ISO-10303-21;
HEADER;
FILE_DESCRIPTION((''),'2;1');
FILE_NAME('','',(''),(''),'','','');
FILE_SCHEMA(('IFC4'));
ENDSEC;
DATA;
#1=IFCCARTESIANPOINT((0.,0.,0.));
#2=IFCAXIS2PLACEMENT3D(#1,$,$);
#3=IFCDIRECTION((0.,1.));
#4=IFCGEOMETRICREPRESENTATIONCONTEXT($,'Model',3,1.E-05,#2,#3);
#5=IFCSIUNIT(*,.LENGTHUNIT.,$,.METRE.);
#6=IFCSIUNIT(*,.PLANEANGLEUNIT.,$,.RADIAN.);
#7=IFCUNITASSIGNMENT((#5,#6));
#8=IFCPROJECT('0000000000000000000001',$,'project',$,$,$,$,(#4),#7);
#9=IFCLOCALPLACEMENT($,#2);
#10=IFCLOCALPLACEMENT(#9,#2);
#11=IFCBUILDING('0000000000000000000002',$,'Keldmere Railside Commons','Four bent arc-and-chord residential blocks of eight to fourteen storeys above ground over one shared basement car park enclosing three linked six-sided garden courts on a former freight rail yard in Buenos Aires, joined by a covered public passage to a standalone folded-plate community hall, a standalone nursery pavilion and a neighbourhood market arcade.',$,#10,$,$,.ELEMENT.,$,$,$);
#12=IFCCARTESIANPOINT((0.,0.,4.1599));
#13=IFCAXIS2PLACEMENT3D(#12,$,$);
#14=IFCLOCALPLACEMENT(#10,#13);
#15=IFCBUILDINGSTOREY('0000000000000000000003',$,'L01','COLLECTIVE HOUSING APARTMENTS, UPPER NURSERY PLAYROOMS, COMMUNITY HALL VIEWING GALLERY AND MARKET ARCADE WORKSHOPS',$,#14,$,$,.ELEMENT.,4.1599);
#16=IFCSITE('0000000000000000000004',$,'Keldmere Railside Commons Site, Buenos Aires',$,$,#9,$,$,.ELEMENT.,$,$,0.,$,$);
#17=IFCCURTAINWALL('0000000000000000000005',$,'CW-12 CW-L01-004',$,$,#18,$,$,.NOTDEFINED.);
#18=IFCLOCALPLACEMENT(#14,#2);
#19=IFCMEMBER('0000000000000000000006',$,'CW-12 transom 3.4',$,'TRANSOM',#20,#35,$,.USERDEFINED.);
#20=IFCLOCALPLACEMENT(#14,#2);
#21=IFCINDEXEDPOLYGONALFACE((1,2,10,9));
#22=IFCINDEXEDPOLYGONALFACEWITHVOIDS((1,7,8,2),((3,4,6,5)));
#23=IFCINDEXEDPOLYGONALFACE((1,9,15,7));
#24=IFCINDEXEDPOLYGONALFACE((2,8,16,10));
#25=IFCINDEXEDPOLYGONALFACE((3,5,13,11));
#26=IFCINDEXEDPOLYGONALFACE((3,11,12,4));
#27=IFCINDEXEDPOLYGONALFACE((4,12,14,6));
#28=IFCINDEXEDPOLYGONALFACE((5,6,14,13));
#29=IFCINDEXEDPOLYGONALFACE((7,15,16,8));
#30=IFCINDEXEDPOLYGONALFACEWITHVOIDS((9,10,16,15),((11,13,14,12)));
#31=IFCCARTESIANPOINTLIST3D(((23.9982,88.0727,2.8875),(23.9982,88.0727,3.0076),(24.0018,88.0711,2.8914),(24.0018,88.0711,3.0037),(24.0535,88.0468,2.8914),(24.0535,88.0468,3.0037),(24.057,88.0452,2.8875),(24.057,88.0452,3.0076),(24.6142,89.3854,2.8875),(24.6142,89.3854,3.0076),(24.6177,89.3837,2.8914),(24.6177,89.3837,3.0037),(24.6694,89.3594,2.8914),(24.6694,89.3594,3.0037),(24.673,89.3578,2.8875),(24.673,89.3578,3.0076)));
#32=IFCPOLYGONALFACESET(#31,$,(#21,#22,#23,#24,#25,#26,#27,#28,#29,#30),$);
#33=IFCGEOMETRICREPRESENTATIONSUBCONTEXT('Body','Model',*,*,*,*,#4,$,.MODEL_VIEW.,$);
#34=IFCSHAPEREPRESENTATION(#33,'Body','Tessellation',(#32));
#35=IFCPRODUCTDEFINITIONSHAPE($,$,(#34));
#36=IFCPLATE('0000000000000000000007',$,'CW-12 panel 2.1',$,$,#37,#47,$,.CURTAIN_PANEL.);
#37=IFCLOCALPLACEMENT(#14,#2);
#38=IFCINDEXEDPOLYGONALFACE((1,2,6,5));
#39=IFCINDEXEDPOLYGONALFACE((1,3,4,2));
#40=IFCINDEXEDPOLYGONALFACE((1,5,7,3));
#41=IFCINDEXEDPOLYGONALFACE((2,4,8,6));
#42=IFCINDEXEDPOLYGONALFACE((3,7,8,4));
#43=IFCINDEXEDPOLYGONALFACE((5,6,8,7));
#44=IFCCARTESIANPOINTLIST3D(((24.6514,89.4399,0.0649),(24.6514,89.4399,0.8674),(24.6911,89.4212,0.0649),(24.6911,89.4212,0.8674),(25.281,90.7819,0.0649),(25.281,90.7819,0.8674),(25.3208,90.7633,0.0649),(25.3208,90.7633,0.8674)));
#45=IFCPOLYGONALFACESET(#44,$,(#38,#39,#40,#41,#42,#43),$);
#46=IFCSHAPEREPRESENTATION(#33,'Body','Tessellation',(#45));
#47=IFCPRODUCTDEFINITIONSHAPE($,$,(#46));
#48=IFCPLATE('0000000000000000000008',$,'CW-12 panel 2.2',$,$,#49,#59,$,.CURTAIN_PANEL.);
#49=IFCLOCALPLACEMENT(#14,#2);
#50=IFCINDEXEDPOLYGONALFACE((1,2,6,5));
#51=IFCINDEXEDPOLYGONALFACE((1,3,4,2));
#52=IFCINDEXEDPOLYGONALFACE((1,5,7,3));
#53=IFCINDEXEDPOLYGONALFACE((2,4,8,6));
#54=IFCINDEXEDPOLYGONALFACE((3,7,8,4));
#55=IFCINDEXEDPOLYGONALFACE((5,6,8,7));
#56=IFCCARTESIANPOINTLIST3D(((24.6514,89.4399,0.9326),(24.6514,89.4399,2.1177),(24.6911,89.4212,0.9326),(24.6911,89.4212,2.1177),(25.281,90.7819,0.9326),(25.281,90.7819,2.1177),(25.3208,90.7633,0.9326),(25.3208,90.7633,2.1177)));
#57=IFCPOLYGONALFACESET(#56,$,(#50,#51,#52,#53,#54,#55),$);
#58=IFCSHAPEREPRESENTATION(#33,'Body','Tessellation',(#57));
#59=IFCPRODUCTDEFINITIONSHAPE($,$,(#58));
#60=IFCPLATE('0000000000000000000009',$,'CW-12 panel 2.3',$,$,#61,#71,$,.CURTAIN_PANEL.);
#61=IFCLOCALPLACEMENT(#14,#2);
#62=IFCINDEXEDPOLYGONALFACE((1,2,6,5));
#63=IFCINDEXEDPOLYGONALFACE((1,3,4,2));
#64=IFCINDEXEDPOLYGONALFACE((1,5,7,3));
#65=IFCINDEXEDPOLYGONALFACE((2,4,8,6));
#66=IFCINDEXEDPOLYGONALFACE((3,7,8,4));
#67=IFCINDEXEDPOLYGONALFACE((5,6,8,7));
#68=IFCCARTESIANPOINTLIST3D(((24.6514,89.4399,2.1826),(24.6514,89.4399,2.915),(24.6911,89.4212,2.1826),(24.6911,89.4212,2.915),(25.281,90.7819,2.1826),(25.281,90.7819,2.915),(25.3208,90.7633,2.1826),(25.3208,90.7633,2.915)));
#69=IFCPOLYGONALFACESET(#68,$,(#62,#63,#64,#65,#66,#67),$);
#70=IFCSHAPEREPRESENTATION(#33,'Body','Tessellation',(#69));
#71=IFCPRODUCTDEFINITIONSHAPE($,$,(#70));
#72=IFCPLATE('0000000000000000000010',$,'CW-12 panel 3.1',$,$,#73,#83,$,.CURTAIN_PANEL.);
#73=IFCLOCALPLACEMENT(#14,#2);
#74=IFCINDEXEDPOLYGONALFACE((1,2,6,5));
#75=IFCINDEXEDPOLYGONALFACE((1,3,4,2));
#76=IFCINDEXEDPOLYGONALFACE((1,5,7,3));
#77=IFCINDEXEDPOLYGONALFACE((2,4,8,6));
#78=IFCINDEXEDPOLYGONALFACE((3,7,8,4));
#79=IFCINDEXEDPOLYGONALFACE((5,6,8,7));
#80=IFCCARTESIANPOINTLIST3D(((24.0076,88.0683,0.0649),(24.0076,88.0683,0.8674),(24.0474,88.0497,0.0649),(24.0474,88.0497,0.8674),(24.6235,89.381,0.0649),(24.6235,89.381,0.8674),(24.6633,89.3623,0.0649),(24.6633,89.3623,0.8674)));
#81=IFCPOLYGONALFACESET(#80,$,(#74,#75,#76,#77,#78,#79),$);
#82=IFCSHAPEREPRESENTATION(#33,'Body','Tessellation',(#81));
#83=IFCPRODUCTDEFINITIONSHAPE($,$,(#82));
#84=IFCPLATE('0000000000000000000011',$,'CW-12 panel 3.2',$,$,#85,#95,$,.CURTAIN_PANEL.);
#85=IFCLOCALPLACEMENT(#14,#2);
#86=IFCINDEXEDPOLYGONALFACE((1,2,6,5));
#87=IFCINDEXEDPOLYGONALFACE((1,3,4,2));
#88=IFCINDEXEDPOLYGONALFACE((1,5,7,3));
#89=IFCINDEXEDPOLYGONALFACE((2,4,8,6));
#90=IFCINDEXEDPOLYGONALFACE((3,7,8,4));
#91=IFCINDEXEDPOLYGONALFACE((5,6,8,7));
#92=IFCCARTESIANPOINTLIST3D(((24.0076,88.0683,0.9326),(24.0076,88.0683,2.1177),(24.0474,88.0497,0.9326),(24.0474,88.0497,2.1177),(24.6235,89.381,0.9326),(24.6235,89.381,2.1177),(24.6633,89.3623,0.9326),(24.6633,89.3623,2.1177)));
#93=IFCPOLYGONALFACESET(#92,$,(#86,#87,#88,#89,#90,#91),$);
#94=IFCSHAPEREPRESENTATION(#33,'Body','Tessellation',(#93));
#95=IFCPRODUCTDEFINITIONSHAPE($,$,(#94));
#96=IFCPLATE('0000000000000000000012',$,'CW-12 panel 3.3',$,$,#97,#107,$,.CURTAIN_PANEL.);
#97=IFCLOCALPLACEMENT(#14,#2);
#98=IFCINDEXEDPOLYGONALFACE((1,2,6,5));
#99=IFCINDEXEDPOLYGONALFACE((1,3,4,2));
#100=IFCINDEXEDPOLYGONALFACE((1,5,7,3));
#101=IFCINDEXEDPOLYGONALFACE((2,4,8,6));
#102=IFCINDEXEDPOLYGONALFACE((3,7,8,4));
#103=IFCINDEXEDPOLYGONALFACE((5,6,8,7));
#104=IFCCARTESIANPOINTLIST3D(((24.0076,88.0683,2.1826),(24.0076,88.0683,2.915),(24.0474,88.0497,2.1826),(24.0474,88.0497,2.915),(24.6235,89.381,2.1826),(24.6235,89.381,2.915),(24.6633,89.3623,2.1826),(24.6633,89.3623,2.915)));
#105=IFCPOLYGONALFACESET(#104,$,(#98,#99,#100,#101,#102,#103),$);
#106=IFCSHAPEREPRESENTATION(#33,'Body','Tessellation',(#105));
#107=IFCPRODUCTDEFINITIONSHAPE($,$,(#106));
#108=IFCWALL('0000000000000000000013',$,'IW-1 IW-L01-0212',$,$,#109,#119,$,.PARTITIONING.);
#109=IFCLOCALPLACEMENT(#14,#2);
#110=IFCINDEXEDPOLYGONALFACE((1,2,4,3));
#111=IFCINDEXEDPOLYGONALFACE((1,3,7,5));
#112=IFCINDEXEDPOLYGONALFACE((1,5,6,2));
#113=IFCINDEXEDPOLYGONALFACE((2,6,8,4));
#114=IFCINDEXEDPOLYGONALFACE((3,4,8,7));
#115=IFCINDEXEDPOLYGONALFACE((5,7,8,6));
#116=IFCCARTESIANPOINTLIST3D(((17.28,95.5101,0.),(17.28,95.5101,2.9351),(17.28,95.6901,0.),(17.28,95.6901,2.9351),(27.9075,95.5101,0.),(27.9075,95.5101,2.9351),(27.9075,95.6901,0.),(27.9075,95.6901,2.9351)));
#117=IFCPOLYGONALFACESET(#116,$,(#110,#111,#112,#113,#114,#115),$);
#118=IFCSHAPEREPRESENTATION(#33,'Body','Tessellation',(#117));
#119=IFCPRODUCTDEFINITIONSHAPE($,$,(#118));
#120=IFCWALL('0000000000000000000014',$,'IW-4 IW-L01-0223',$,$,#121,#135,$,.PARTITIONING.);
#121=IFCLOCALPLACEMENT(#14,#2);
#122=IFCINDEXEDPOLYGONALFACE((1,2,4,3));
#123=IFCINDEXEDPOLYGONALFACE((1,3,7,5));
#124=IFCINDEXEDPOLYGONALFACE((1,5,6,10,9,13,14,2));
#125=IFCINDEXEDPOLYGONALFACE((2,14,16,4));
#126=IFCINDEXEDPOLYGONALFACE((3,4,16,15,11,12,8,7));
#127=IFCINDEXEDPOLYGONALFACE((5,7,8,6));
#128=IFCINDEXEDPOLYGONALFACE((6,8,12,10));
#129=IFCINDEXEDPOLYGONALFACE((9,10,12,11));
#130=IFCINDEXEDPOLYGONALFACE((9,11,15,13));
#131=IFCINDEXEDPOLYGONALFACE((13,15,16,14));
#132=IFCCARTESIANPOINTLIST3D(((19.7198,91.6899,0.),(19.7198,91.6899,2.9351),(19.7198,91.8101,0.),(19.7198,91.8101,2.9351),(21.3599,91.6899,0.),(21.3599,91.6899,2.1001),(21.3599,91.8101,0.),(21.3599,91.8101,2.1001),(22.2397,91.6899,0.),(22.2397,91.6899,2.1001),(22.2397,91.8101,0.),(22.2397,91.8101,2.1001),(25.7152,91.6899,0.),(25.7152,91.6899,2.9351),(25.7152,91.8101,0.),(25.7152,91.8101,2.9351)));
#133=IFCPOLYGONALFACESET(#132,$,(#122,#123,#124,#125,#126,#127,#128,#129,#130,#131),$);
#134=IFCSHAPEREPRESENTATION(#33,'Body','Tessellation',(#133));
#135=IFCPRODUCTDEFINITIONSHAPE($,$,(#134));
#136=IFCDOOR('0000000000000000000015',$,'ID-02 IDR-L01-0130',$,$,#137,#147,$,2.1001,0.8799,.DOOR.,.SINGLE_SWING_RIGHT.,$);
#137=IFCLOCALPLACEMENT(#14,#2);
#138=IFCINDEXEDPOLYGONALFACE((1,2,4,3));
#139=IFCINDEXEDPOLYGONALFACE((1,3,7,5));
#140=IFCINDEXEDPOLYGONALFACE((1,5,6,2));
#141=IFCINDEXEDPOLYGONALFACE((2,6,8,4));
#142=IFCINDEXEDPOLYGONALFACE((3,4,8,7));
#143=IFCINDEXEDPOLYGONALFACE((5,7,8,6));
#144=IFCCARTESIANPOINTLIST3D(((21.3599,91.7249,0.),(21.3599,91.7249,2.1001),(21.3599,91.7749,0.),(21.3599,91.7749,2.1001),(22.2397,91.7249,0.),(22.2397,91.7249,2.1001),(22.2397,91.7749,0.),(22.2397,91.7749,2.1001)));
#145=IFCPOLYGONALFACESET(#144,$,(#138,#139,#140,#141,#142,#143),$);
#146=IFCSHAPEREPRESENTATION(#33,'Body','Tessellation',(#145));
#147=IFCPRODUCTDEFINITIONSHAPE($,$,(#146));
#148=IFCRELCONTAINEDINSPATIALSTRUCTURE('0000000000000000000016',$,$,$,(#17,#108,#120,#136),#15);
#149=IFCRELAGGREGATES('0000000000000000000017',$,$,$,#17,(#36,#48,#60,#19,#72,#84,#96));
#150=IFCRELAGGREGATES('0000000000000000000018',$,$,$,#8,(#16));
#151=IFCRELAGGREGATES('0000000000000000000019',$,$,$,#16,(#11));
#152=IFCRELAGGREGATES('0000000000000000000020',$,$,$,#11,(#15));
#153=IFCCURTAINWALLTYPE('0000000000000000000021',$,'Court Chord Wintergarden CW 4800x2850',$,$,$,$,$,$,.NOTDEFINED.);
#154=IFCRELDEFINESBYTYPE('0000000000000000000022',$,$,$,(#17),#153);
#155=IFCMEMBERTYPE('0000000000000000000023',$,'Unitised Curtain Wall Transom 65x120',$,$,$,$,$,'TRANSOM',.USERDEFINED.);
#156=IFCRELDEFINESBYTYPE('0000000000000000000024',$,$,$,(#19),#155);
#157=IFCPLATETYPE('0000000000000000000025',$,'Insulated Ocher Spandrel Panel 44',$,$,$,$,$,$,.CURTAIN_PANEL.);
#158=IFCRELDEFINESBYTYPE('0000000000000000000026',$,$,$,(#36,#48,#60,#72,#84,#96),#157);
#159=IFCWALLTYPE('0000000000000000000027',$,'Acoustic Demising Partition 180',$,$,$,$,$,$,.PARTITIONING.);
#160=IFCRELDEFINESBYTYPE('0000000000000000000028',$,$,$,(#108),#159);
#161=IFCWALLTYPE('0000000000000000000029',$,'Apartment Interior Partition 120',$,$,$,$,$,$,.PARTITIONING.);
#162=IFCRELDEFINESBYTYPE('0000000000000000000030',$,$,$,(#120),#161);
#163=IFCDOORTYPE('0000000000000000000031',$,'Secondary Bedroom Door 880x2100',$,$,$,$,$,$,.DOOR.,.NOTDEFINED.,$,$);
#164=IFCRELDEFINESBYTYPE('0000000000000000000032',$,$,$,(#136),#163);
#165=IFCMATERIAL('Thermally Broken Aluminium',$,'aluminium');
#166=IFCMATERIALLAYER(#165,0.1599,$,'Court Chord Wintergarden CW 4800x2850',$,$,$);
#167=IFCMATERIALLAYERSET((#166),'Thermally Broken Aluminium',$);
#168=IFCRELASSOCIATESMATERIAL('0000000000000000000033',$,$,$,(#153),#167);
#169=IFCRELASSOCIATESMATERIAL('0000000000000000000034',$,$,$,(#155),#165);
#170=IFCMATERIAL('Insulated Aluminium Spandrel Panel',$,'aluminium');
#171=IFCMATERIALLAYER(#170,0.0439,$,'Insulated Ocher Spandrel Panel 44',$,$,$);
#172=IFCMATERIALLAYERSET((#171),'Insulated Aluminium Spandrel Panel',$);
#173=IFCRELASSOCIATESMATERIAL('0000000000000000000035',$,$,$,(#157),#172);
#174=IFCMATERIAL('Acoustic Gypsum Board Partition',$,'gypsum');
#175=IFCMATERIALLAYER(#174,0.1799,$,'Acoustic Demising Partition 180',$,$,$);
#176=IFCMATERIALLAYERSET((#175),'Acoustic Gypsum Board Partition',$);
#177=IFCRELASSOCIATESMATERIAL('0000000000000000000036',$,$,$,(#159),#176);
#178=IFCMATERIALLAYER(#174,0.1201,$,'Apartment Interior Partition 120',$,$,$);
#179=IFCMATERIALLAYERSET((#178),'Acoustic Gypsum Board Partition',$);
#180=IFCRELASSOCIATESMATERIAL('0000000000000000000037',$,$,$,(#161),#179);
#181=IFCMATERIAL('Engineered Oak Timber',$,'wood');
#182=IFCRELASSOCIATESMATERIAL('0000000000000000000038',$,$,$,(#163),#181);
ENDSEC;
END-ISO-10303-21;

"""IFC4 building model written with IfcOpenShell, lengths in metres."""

from ifc_helpers import new_model, si_unit, direction, frame, frame_2d, origin, origin_2d, place, context, subcontext, project, spatial, rectangle, hollow_rectangle, extrude, material, layer, layer_set, material_profile, profile_set, type_object, element, fill, aggregate, save


model = new_model("IFC4")

# Units and contexts
model_context = context("Model", 3, precision=1e-05, world=origin(), true_north=direction((0.0, 1.0)))
body_context = subcontext(model_context, "Body", "Model", "MODEL_VIEW")
ifc_project = project(units=[si_unit("LENGTHUNIT", "METRE"), si_unit("PLANEANGLEUNIT", "RADIAN")], contexts=[model_context])

# Site, building, storey
site_placement = place(None, origin())
site = spatial("IfcSite", under=ifc_project, at=site_placement, Name="Keldmere Railside Commons Site, Buenos Aires", CompositionType="ELEMENT", RefElevation=0.0)
building_placement = place(site_placement, origin())
building = spatial("IfcBuilding", under=site, at=building_placement, Name="Keldmere Railside Commons", Description="Four bent arc-and-chord residential blocks of eight to fourteen storeys above ground over one shared basement car park enclosing three linked six-sided garden courts on a former freight rail yard in Buenos Aires, joined by a covered public passage to a standalone folded-plate community hall, a standalone nursery pavilion and a neighbourhood market arcade.", CompositionType="ELEMENT")
storey_placement = place(building_placement, frame((0.0, 0.0, 4.1599)))
storey = spatial("IfcBuildingStorey", under=building, at=storey_placement, Name="L01", Description="COLLECTIVE HOUSING APARTMENTS, UPPER NURSERY PLAYROOMS, COMMUNITY HALL VIEWING GALLERY AND MARKET ARCADE WORKSHOPS", CompositionType="ELEMENT", Elevation=4.1599)

# Curtain wall, member, plates
ifc_material_1 = material(Name="Thermally Broken Aluminium", Category="aluminium")
ifc_layer_1 = layer(ifc_material_1, 0.1599, Name="Court Chord Wintergarden CW 4800x2850")
ifc_layer_set_1 = layer_set([ifc_layer_1], Name="Thermally Broken Aluminium")
curtain_wall_type = type_object("IfcCurtainWallType", Name="Court Chord Wintergarden CW 4800x2850", PredefinedType="NOTDEFINED", material=ifc_layer_set_1)
curtain_wall_placement = place(storey_placement, origin())
curtain_wall = element("IfcCurtainWall", 1, at=curtain_wall_placement, inside=storey, type_object=curtain_wall_type, Name="CW-12 CW-L01-004", PredefinedType="NOTDEFINED")
ifc_material_profile_1 = material_profile(ifc_material_1, hollow_rectangle(XDim=0.0649, YDim=0.1201, WallThickness=0.0039, at=origin_2d()), Name="ALU-TRAN-65x120")
ifc_profile_set_1 = profile_set([ifc_material_profile_1], Name="Thermally Broken Aluminium")
member_type_1 = type_object("IfcMemberType", Name="Unitised Curtain Wall Transom 65x120", ElementType="TRANSOM", PredefinedType="USERDEFINED", material=ifc_profile_set_1)
member_1_placement = place(storey_placement, frame((24.6436, 89.3716, 2.9475), z_axis=(-0.424783, -0.905295, 0.0), x_axis=(0.905295, -0.424783, 0.0)))
member_1 = element("IfcMember", 2, at=member_1_placement, type_object=member_type_1, Name="CW-12 transom 3.4", ObjectType="TRANSOM", PredefinedType="USERDEFINED", context=body_context, shape_type="SweptSolid", body=[
    extrude(hollow_rectangle(XDim=0.0649, YDim=0.1201, WallThickness=0.0039, at=origin_2d()), origin(), (0.0, 0.0, 1.0), 1.45),
])
ifc_material_2 = material(Name="Insulated Aluminium Spandrel Panel", Category="aluminium")
ifc_layer_2 = layer(ifc_material_2, 0.0439, Name="Insulated Ocher Spandrel Panel 44")
ifc_layer_set_2 = layer_set([ifc_layer_2], Name="Insulated Aluminium Spandrel Panel")
plate_type = type_object("IfcPlateType", Name="Insulated Ocher Spandrel Panel 44", PredefinedType="CURTAIN_PANEL", material=ifc_layer_set_2)
plate_1_placement = place(storey_placement, frame((24.9861, 90.1016, 0.0649), z_axis=(0.0, 0.0, 1.0), x_axis=(-0.424759, -0.905306, 0.0)))
plate_1 = element("IfcPlate", 3, at=plate_1_placement, type_object=plate_type, Name="CW-12 panel 2.1", PredefinedType="CURTAIN_PANEL", context=body_context, shape_type="SweptSolid", body=[
    extrude(rectangle(XDim=1.4824, YDim=0.0439, at=origin_2d()), origin(), (0.0, 0.0, 1.0), 0.8025),
])
plate_2_placement = place(storey_placement, frame((24.9861, 90.1016, 0.9326), z_axis=(0.0, 0.0, 1.0), x_axis=(-0.424759, -0.905306, 0.0)))
plate_2 = element("IfcPlate", 4, at=plate_2_placement, type_object=plate_type, Name="CW-12 panel 2.2", PredefinedType="CURTAIN_PANEL", context=body_context, shape_type="SweptSolid", body=[
    extrude(rectangle(XDim=1.4824, YDim=0.0439, at=origin_2d()), origin(), (0.0, 0.0, 1.0), 1.1851),
])
plate_3_placement = place(storey_placement, frame((24.9861, 90.1016, 2.1826), z_axis=(0.0, 0.0, 1.0), x_axis=(-0.424759, -0.905306, 0.0)))
plate_3 = element("IfcPlate", 5, at=plate_3_placement, type_object=plate_type, Name="CW-12 panel 2.3", PredefinedType="CURTAIN_PANEL", context=body_context, shape_type="SweptSolid", body=[
    extrude(rectangle(XDim=1.4824, YDim=0.0439, at=origin_2d()), origin(), (0.0, 0.0, 1.0), 0.7324),
])
plate_4_placement = place(storey_placement, frame((24.3354, 88.7153, 0.0649), z_axis=(0.0, 0.0, 1.0), x_axis=(-0.424759, -0.905306, 0.0)))
plate_4 = element("IfcPlate", 6, at=plate_4_placement, type_object=plate_type, Name="CW-12 panel 3.1", PredefinedType="CURTAIN_PANEL", context=body_context, shape_type="SweptSolid", body=[
    extrude(rectangle(XDim=1.45, YDim=0.0439, at=origin_2d()), origin(), (0.0, 0.0, 1.0), 0.8025),
])
plate_5_placement = place(storey_placement, frame((24.3354, 88.7153, 0.9326), z_axis=(0.0, 0.0, 1.0), x_axis=(-0.424759, -0.905306, 0.0)))
plate_5 = element("IfcPlate", 7, at=plate_5_placement, type_object=plate_type, Name="CW-12 panel 3.2", PredefinedType="CURTAIN_PANEL", context=body_context, shape_type="SweptSolid", body=[
    extrude(rectangle(XDim=1.45, YDim=0.0439, at=origin_2d()), origin(), (0.0, 0.0, 1.0), 1.1851),
])
plate_6_placement = place(storey_placement, frame((24.3354, 88.7153, 2.1826), z_axis=(0.0, 0.0, 1.0), x_axis=(-0.424759, -0.905306, 0.0)))
plate_6 = element("IfcPlate", 8, at=plate_6_placement, type_object=plate_type, Name="CW-12 panel 3.3", PredefinedType="CURTAIN_PANEL", context=body_context, shape_type="SweptSolid", body=[
    extrude(rectangle(XDim=1.45, YDim=0.0439, at=origin_2d()), origin(), (0.0, 0.0, 1.0), 0.7324),
])
aggregate(curtain_wall, [plate_1, plate_2, plate_3, member_1, plate_4, plate_5, plate_6])

# Wall
ifc_material_3 = material(Name="Acoustic Gypsum Board Partition", Category="gypsum")
ifc_layer_3 = layer(ifc_material_3, 0.1799, Name="Acoustic Demising Partition 180")
ifc_layer_set_3 = layer_set([ifc_layer_3], Name="Acoustic Gypsum Board Partition")
wall_type_1 = type_object("IfcWallType", Name="Acoustic Demising Partition 180", PredefinedType="PARTITIONING", material=ifc_layer_set_3)
wall_1_placement = place(storey_placement, frame((17.28, 95.6001, 0.0), z_axis=(0.0, 0.0, 1.0), x_axis=(1.0, 0.0, 0.0)))
element("IfcWall", 9, at=wall_1_placement, inside=storey, type_object=wall_type_1, Name="IW-1 IW-L01-0212", PredefinedType="PARTITIONING", context=body_context, shape_type="SweptSolid", body=[
    extrude(rectangle(XDim=10.6274, YDim=0.1799, at=frame_2d((5.3137, 0.0))), origin(), (0.0, 0.0, 1.0), 2.9351),
])

# Wall, opening, door
ifc_layer_4 = layer(ifc_material_3, 0.1201, Name="Apartment Interior Partition 120")
ifc_layer_set_4 = layer_set([ifc_layer_4], Name="Acoustic Gypsum Board Partition")
wall_type_2 = type_object("IfcWallType", Name="Apartment Interior Partition 120", PredefinedType="PARTITIONING", material=ifc_layer_set_4)
wall_2_placement = place(storey_placement, frame((19.72, 91.75, 0.0), z_axis=(0.0, 0.0, 1.0), x_axis=(1.0, 0.0, 0.0)))
wall_2 = element("IfcWall", 10, at=wall_2_placement, inside=storey, type_object=wall_type_2, Name="IW-4 IW-L01-0223", PredefinedType="PARTITIONING", context=body_context, shape_type="SweptSolid", body=[
    extrude(rectangle(XDim=5.9954, YDim=0.1201, at=frame_2d((2.9976, 0.0))), origin(), (0.0, 0.0, 1.0), 2.9351),
])
opening_1_placement = place(wall_2_placement, frame((1.6399, 0.0, 0.0)))
opening_1 = element("IfcOpeningElement", 11, at=opening_1_placement, cuts=wall_2, PredefinedType="OPENING", context=body_context, shape_type="SweptSolid", body=[
    extrude(rectangle(XDim=0.8799, YDim=2.1001, at=frame_2d((0.4399, 1.05))), frame((0.0, 0.0701, 0.0), z_axis=(0.0, -1.0, 0.0), x_axis=(1.0, 0.0, 0.0)), (0.0, 0.0, 1.0), 0.1401),
])
ifc_material_4 = material(Name="Engineered Oak Timber", Category="wood")
door_type_1 = type_object("IfcDoorType", Name="Secondary Bedroom Door 880x2100", OperationType="NOTDEFINED", PredefinedType="DOOR", material=ifc_material_4)
door_1_placement = place(opening_1_placement, origin())
door_1 = element("IfcDoor", 12, at=door_1_placement, inside=storey, type_object=door_type_1, Name="ID-02 IDR-L01-0130", OperationType="SINGLE_SWING_RIGHT", OverallHeight=2.1001, OverallWidth=0.8799, PredefinedType="DOOR", context=body_context, shape_type="SweptSolid", body=[
    extrude(rectangle(XDim=0.8799, YDim=2.1001, at=frame_2d((0.4399, 1.05))), frame((0.0, 0.0249, 0.0), z_axis=(0.0, -1.0, 0.0), x_axis=(1.0, 0.0, 0.0)), (0.0, 0.0, 1.0), 0.05),
])
fill(opening_1, door_1)

save(model, "model.ifc")
